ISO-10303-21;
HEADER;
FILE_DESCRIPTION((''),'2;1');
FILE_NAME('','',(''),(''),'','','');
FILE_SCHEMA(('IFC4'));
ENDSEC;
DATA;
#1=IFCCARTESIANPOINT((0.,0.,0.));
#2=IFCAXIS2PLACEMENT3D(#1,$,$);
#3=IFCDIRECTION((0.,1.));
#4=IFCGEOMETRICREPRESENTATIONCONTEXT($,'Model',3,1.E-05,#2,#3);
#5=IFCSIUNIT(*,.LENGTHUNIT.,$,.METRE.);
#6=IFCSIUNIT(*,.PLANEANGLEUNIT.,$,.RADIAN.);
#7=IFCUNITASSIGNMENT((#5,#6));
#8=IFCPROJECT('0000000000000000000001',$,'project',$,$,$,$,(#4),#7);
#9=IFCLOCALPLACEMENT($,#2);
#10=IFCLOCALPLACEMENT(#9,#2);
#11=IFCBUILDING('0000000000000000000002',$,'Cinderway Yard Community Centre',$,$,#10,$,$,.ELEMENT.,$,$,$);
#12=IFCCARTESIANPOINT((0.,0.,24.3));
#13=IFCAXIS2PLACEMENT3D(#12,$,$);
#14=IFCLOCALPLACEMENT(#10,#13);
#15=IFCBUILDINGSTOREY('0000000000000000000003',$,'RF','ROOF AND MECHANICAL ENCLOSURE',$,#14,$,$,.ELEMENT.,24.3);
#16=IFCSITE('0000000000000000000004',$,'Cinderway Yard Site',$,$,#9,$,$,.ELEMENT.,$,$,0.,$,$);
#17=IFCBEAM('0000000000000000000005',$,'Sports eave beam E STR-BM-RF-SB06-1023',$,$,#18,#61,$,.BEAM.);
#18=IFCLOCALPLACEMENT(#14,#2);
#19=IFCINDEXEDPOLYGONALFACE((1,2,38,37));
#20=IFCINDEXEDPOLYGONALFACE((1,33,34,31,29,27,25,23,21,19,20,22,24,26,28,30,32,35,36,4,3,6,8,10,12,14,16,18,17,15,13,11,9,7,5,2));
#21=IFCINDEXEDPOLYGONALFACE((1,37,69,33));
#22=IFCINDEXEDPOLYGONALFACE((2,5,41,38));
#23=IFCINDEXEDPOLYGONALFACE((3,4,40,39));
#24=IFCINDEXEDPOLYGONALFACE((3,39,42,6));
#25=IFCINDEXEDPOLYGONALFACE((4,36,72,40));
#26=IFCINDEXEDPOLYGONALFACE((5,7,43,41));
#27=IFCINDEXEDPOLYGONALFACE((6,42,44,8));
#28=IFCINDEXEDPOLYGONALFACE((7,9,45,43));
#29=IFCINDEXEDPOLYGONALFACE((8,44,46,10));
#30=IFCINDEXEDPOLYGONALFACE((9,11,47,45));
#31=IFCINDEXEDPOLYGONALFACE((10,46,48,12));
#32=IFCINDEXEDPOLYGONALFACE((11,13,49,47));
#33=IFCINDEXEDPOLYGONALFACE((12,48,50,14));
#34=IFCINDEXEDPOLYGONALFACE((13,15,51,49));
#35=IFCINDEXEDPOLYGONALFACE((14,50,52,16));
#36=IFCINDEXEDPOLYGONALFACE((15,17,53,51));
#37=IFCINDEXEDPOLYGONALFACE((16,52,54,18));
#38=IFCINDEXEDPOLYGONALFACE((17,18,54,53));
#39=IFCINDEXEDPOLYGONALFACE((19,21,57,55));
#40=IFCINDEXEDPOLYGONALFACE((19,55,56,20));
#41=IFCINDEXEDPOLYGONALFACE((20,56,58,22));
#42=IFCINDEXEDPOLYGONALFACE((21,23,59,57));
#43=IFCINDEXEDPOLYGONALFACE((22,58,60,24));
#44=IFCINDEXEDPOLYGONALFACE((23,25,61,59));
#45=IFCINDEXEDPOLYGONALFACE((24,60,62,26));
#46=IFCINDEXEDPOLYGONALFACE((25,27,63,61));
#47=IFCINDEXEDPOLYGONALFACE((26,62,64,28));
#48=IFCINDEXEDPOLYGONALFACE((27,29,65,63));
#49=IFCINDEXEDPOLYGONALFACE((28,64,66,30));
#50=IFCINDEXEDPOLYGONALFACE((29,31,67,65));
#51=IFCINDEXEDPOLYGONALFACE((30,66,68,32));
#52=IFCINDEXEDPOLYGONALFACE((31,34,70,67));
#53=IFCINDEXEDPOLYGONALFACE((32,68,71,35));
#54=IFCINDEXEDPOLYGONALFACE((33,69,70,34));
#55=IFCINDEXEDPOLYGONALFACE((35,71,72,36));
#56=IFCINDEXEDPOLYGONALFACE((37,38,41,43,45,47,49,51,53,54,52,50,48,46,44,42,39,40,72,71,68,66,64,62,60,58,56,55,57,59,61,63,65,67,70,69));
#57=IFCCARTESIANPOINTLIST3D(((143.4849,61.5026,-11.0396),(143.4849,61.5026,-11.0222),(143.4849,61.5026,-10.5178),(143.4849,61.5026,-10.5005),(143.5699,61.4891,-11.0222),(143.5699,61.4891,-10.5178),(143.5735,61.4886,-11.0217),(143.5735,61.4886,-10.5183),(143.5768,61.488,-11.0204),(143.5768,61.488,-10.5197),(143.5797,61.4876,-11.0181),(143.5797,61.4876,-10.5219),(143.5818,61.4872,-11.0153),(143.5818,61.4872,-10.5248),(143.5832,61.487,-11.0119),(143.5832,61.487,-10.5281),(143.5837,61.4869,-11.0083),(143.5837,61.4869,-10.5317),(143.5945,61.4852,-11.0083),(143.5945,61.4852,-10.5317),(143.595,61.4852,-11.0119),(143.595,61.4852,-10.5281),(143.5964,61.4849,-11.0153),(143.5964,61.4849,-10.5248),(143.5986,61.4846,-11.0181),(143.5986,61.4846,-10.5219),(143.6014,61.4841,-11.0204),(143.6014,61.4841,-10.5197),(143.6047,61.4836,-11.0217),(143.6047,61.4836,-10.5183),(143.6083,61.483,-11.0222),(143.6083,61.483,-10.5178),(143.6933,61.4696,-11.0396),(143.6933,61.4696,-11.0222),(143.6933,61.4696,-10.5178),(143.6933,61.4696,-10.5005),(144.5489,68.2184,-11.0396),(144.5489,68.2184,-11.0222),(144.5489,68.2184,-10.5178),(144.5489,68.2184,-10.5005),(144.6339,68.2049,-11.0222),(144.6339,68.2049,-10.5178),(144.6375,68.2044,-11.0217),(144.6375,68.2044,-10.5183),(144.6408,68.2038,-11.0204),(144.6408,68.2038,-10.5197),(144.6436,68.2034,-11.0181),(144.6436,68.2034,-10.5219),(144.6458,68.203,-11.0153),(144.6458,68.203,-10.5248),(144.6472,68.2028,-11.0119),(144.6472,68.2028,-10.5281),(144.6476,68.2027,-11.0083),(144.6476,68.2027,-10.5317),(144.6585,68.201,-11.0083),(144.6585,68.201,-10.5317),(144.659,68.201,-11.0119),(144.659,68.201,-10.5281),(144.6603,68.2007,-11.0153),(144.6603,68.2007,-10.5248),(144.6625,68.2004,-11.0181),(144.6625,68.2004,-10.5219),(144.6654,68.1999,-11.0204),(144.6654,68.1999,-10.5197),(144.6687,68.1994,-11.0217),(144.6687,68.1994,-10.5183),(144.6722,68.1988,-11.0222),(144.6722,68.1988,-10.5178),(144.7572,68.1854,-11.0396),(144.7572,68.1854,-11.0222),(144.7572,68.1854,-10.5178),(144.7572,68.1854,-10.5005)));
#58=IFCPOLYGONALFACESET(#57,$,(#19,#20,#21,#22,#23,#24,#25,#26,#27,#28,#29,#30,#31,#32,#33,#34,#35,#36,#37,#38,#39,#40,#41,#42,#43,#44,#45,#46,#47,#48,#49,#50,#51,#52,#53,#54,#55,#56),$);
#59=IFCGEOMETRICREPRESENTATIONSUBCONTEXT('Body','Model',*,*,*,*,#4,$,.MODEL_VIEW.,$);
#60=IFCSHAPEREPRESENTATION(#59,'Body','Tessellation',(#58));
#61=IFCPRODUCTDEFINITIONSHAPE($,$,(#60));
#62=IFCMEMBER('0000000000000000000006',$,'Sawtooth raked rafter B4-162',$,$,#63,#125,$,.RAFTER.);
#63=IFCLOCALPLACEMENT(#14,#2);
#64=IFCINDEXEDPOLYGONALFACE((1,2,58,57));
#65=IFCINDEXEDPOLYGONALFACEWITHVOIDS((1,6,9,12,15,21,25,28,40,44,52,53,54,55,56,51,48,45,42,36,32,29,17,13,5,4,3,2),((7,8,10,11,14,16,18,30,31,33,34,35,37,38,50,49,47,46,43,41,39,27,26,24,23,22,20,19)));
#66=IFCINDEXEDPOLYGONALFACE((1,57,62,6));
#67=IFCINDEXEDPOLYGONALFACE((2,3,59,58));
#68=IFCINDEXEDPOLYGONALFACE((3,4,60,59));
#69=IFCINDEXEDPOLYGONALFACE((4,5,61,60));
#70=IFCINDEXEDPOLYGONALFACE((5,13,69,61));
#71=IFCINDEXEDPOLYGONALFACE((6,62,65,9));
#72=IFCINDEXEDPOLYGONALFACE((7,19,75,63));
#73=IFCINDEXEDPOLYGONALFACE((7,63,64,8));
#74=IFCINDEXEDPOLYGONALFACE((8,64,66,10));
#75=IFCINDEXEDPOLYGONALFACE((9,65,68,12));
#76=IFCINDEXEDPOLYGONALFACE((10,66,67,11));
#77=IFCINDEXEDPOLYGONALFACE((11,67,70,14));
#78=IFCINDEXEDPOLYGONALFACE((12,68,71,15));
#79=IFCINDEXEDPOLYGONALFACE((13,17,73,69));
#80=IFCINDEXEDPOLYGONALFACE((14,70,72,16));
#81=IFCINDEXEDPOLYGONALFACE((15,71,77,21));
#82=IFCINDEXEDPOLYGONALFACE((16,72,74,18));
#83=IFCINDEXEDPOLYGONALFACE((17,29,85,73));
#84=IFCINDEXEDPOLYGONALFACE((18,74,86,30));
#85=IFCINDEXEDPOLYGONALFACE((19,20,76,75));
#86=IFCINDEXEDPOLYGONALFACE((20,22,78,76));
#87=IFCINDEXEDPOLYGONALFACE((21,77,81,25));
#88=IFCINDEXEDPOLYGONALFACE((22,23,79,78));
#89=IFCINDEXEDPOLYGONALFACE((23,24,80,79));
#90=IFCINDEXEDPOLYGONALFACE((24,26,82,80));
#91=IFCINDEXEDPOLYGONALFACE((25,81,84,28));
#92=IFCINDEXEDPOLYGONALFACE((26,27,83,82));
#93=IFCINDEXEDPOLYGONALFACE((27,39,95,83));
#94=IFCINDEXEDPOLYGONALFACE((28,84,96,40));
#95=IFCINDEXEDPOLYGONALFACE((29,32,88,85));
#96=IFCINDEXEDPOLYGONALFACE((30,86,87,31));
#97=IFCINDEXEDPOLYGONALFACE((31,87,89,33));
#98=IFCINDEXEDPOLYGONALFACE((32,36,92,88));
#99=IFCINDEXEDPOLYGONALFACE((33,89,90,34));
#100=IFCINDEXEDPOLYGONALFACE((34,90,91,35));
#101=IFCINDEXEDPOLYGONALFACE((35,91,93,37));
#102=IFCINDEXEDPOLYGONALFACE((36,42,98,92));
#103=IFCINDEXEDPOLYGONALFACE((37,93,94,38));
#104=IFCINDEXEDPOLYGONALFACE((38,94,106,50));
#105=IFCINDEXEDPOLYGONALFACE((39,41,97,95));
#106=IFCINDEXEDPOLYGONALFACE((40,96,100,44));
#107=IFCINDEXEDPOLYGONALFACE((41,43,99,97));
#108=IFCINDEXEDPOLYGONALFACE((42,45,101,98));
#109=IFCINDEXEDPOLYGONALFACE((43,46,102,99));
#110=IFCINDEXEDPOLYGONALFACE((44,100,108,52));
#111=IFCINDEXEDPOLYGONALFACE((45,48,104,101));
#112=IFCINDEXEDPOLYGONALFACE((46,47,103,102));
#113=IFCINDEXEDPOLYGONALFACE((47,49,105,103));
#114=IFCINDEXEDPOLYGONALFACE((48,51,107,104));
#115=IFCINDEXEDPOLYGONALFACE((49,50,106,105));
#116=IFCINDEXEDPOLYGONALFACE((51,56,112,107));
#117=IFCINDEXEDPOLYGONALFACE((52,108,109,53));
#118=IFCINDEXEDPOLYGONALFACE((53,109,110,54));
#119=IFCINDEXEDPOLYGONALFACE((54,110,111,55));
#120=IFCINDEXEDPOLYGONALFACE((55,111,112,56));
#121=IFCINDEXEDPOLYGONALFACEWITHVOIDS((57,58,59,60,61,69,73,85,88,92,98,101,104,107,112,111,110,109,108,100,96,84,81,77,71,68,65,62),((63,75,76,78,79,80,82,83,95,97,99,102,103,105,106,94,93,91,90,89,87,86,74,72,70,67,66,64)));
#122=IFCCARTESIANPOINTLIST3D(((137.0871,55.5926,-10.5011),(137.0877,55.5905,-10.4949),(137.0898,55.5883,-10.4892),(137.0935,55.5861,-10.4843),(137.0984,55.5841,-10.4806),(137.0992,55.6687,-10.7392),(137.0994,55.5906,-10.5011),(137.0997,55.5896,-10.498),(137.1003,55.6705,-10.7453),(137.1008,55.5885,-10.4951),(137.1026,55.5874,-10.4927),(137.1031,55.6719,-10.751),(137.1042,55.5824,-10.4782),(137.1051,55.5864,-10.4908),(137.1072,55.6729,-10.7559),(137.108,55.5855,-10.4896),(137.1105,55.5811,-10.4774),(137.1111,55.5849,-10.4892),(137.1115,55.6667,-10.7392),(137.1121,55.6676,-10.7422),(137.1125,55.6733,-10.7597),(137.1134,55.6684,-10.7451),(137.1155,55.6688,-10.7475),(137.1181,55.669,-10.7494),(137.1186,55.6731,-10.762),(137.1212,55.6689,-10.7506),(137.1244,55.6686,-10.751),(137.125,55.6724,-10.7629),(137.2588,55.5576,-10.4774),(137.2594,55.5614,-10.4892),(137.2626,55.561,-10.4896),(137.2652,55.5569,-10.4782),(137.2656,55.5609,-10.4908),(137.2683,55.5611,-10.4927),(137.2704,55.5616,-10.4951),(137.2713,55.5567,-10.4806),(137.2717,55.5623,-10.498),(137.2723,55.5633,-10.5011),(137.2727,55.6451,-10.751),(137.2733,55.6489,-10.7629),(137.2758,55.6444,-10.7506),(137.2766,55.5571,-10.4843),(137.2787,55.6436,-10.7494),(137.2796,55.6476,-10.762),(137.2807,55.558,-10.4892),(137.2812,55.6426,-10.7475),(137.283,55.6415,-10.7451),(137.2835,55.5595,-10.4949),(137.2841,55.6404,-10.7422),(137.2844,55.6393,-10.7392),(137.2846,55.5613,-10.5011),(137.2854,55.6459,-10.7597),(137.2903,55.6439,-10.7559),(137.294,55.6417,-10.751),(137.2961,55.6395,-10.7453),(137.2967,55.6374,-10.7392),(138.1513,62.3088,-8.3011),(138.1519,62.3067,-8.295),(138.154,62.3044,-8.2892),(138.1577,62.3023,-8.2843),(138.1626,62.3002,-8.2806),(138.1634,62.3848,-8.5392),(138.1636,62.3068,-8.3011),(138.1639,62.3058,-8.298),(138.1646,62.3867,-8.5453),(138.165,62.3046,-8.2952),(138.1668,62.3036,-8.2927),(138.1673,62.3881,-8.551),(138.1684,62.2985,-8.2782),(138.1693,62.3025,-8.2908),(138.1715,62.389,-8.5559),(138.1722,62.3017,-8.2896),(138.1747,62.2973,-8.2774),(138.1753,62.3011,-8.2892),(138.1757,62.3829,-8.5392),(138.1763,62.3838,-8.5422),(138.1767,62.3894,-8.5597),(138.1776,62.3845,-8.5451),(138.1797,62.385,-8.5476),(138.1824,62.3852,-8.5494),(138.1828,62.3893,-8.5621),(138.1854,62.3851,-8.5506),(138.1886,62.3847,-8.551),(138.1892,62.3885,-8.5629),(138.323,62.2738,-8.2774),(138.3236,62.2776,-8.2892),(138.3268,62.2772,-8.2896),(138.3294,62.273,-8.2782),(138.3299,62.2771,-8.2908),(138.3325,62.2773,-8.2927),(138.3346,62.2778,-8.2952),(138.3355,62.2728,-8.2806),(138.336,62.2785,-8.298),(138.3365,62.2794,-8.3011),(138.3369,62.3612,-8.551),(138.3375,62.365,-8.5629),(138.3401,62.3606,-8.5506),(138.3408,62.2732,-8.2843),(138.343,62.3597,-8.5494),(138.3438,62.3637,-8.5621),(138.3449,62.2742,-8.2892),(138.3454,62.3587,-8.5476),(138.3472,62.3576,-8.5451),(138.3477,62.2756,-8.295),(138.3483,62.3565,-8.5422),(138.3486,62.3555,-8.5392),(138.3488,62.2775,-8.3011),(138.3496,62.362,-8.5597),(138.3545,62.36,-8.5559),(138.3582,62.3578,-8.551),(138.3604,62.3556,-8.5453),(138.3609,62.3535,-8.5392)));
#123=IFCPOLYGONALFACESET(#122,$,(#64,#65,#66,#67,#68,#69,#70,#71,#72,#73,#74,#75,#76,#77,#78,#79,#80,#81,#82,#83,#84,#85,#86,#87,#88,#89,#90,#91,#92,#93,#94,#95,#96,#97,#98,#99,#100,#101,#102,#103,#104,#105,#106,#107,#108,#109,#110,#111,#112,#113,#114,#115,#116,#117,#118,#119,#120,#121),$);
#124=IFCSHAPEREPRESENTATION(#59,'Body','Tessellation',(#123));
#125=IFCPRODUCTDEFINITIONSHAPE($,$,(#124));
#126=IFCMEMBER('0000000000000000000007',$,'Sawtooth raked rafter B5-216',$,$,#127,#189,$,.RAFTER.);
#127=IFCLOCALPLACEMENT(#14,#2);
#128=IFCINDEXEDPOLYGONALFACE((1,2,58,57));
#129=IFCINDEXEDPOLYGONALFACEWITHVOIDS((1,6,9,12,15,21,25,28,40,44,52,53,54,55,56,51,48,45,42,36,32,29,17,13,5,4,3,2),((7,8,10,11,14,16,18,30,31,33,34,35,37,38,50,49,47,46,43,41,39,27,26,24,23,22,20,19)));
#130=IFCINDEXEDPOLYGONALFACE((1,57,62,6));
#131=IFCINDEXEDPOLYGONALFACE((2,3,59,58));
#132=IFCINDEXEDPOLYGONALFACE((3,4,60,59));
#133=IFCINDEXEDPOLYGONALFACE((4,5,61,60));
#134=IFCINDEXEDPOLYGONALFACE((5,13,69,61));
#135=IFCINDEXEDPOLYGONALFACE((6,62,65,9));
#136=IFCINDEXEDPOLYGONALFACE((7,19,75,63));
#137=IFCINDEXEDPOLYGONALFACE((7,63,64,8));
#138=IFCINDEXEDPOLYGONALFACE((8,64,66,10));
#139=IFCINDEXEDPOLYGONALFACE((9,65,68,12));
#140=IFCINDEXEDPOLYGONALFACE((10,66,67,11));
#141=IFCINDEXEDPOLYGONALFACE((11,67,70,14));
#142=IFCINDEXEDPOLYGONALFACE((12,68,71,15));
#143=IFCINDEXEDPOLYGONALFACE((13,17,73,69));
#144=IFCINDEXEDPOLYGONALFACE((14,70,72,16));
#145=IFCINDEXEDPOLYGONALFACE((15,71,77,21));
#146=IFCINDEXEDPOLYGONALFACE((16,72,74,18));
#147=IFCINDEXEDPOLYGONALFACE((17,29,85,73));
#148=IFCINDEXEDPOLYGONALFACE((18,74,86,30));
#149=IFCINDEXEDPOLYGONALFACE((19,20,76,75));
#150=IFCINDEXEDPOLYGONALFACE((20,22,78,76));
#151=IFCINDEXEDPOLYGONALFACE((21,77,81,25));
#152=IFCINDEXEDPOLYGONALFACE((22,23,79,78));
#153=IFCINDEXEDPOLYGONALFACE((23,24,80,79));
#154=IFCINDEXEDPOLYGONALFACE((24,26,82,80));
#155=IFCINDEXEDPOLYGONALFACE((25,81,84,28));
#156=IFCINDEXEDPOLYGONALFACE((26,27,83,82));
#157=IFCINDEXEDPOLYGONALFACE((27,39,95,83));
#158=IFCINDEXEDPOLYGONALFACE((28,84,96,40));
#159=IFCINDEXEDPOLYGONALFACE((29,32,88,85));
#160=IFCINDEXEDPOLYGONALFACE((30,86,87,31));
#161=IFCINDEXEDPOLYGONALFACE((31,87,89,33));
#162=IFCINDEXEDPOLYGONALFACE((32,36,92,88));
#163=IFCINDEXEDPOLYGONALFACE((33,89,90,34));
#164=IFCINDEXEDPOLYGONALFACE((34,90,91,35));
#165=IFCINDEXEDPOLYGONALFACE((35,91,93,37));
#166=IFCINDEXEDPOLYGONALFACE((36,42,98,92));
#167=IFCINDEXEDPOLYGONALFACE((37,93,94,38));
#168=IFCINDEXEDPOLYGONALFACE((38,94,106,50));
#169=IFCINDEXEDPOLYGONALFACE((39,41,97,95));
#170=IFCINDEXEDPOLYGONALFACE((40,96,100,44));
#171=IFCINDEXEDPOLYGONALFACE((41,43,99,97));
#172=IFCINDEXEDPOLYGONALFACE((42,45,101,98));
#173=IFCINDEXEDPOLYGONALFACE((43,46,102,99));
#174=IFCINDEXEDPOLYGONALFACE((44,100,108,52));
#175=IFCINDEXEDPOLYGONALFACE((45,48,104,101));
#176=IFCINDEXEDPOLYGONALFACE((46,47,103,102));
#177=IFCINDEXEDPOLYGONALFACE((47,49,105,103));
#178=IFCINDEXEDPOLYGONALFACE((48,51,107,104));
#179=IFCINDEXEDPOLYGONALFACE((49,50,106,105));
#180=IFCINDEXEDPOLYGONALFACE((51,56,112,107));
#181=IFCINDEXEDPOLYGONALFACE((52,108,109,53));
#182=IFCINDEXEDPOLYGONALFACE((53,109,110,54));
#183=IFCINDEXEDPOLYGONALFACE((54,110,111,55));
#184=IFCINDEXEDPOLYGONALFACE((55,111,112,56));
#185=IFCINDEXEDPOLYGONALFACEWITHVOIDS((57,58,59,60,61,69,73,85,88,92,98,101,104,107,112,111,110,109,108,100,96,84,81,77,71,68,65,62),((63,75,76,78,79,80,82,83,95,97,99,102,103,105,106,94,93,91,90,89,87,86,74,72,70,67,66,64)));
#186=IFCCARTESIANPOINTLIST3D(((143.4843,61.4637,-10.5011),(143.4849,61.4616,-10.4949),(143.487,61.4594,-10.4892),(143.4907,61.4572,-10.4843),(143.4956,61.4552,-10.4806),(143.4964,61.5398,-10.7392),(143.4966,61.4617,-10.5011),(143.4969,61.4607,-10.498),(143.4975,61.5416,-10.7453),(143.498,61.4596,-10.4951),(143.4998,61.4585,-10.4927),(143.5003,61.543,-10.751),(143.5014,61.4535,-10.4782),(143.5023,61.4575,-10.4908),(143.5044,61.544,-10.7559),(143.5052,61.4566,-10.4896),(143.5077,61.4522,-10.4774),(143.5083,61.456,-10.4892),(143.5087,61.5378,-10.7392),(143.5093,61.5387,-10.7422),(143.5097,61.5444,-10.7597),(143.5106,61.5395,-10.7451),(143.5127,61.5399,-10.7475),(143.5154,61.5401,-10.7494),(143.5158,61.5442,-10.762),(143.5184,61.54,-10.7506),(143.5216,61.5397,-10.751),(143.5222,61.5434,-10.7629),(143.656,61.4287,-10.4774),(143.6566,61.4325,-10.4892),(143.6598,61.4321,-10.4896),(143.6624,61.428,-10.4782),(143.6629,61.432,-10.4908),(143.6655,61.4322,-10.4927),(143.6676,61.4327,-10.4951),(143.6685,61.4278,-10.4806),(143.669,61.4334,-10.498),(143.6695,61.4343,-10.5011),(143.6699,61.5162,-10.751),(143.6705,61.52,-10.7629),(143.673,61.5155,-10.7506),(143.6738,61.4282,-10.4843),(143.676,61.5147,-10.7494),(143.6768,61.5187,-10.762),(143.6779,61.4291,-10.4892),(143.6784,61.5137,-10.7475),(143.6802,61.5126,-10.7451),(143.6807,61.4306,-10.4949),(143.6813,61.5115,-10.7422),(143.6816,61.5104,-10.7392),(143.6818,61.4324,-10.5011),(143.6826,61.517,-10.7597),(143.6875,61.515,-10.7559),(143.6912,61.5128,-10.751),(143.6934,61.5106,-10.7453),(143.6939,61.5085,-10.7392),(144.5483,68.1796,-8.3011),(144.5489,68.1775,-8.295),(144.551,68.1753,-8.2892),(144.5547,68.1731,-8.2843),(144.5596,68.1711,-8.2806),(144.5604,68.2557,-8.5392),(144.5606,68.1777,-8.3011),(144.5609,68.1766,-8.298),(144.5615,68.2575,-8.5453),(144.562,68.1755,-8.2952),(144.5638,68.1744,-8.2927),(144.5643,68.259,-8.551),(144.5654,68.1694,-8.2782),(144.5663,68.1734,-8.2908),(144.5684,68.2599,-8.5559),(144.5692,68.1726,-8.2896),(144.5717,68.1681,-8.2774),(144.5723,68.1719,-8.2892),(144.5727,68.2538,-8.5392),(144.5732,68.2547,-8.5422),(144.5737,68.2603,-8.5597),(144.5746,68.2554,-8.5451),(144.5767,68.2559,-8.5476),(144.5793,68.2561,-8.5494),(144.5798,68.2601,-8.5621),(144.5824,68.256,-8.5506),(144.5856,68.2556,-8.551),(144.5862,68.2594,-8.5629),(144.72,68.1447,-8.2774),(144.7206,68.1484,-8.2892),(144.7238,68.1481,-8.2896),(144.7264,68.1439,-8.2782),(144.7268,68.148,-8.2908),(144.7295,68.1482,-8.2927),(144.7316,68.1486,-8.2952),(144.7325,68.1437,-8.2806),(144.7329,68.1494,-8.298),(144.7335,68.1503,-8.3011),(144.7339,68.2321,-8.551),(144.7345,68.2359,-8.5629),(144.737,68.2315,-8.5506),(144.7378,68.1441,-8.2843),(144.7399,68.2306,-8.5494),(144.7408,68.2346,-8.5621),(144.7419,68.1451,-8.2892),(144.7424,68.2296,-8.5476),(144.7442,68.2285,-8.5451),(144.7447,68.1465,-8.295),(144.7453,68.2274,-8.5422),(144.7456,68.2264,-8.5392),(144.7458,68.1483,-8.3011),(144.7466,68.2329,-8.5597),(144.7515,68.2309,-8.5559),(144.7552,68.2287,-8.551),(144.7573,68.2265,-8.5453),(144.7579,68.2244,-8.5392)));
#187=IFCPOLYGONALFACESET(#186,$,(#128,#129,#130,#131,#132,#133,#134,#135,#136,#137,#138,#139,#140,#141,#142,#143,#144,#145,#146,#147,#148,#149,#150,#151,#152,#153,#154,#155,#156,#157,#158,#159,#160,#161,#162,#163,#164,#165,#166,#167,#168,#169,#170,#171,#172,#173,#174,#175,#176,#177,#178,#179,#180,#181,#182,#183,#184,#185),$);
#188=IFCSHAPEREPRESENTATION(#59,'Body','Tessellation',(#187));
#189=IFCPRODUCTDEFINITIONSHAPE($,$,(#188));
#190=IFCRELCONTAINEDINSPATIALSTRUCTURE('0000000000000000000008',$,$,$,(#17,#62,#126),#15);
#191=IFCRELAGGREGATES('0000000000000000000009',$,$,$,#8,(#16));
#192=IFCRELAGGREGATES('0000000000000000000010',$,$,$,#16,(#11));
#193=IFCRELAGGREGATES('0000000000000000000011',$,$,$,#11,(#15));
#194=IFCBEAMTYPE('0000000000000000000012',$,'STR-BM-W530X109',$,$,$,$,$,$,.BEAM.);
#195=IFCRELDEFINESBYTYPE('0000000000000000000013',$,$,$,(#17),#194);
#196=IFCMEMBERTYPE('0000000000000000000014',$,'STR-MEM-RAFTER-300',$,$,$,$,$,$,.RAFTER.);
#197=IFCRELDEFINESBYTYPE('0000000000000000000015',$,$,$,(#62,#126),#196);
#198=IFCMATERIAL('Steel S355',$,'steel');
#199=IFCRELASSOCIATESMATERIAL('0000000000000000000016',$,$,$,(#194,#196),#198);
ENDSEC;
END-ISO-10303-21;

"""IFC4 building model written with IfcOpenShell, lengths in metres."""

from ifc_helpers import new_model, si_unit, direction, frame, origin, origin_2d, place, context, subcontext, project, spatial, hollow_rectangle, i_section, extrude, material, material_profile, profile_set, type_object, element, save


model = new_model("IFC4")

# Units and contexts
model_context = context("Model", 3, precision=1e-05, world=origin(), true_north=direction((0.0, 1.0)))
body_context = subcontext(model_context, "Body", "Model", "MODEL_VIEW")
ifc_project = project(units=[si_unit("LENGTHUNIT", "METRE"), si_unit("PLANEANGLEUNIT", "RADIAN")], contexts=[model_context])

# Site, building, storey
site_placement = place(None, origin())
site = spatial("IfcSite", under=ifc_project, at=site_placement, Name="Cinderway Yard Site", CompositionType="ELEMENT", RefElevation=0.0)
building_placement = place(site_placement, origin())
building = spatial("IfcBuilding", under=site, at=building_placement, Name="Cinderway Yard Community Centre", CompositionType="ELEMENT")
storey_placement = place(building_placement, frame((0.0, 0.0, 24.3)))
storey = spatial("IfcBuildingStorey", under=building, at=storey_placement, Name="RF", Description="ROOF AND MECHANICAL ENCLOSURE", CompositionType="ELEMENT", Elevation=24.3)

# Shared definitions
ifc_material_1 = material(Name="Steel S355", Category="steel")

# Beam
ifc_material_profile_1 = material_profile(ifc_material_1, i_section(OverallWidth=0.2109, OverallDepth=0.5391, WebThickness=0.011, FlangeThickness=0.0173, FilletRadius=0.0139, at=origin_2d()), Name="Steel S355")
ifc_profile_set_1 = profile_set([ifc_material_profile_1], Name="Steel S355")
beam_type = type_object("IfcBeamType", Name="STR-BM-W530X109", PredefinedType="BEAM", material=ifc_profile_set_1)
beam_placement = place(storey_placement, frame((143.5891, 61.4861, -10.77), z_axis=(0.156475, 0.987682, 0.0), x_axis=(-0.987682, 0.156475, 0.0)))
element("IfcBeam", 1, at=beam_placement, inside=storey, type_object=beam_type, Name="Sports eave beam E STR-BM-RF-SB06-1023", PredefinedType="BEAM", context=body_context, shape_type="SweptSolid", body=[
    extrude(i_section(OverallWidth=0.2109, OverallDepth=0.5391, WebThickness=0.011, FlangeThickness=0.0173, FilletRadius=0.0139, at=origin_2d()), origin(), (0.0, 0.0, 1.0), 6.7996),
])

# Members
ifc_material_profile_2 = material_profile(ifc_material_1, hollow_rectangle(XDim=0.2, YDim=0.3, WallThickness=0.0125, InnerFilletRadius=0.0125, OuterFilletRadius=0.0249, at=origin_2d()), Name="Steel S355")
ifc_profile_set_2 = profile_set([ifc_material_profile_2], Name="Steel S355")
member_type_1 = type_object("IfcMemberType", Name="STR-MEM-RAFTER-300", PredefinedType="RAFTER", material=ifc_profile_set_2)
member_1_placement = place(storey_placement, frame((137.1919, 55.615, -10.6201), z_axis=(0.148905, 0.93972, 0.30782), x_axis=(-0.987677, 0.156505, 0.0)))
element("IfcMember", 2, at=member_1_placement, inside=storey, type_object=member_type_1, Name="Sawtooth raked rafter B4-162", PredefinedType="RAFTER", context=body_context, shape_type="SweptSolid", body=[
    extrude(hollow_rectangle(XDim=0.2, YDim=0.3, WallThickness=0.0125, InnerFilletRadius=0.0125, OuterFilletRadius=0.0249, at=origin_2d()), origin(), (0.0, 0.0, 1.0), 7.147),
])
member_2_placement = place(storey_placement, frame((143.5891, 61.4861, -10.6201), z_axis=(0.148877, 0.939721, 0.307831), x_axis=(-0.987682, 0.156475, 0.0)))
element("IfcMember", 3, at=member_2_placement, inside=storey, type_object=member_type_1, Name="Sawtooth raked rafter B5-216", PredefinedType="RAFTER", context=body_context, shape_type="SweptSolid", body=[
    extrude(hollow_rectangle(XDim=0.2, YDim=0.3, WallThickness=0.0125, InnerFilletRadius=0.0125, OuterFilletRadius=0.0249, at=origin_2d()), origin(), (0.0, 0.0, 1.0), 7.1467),
])

save(model, "model.ifc")
